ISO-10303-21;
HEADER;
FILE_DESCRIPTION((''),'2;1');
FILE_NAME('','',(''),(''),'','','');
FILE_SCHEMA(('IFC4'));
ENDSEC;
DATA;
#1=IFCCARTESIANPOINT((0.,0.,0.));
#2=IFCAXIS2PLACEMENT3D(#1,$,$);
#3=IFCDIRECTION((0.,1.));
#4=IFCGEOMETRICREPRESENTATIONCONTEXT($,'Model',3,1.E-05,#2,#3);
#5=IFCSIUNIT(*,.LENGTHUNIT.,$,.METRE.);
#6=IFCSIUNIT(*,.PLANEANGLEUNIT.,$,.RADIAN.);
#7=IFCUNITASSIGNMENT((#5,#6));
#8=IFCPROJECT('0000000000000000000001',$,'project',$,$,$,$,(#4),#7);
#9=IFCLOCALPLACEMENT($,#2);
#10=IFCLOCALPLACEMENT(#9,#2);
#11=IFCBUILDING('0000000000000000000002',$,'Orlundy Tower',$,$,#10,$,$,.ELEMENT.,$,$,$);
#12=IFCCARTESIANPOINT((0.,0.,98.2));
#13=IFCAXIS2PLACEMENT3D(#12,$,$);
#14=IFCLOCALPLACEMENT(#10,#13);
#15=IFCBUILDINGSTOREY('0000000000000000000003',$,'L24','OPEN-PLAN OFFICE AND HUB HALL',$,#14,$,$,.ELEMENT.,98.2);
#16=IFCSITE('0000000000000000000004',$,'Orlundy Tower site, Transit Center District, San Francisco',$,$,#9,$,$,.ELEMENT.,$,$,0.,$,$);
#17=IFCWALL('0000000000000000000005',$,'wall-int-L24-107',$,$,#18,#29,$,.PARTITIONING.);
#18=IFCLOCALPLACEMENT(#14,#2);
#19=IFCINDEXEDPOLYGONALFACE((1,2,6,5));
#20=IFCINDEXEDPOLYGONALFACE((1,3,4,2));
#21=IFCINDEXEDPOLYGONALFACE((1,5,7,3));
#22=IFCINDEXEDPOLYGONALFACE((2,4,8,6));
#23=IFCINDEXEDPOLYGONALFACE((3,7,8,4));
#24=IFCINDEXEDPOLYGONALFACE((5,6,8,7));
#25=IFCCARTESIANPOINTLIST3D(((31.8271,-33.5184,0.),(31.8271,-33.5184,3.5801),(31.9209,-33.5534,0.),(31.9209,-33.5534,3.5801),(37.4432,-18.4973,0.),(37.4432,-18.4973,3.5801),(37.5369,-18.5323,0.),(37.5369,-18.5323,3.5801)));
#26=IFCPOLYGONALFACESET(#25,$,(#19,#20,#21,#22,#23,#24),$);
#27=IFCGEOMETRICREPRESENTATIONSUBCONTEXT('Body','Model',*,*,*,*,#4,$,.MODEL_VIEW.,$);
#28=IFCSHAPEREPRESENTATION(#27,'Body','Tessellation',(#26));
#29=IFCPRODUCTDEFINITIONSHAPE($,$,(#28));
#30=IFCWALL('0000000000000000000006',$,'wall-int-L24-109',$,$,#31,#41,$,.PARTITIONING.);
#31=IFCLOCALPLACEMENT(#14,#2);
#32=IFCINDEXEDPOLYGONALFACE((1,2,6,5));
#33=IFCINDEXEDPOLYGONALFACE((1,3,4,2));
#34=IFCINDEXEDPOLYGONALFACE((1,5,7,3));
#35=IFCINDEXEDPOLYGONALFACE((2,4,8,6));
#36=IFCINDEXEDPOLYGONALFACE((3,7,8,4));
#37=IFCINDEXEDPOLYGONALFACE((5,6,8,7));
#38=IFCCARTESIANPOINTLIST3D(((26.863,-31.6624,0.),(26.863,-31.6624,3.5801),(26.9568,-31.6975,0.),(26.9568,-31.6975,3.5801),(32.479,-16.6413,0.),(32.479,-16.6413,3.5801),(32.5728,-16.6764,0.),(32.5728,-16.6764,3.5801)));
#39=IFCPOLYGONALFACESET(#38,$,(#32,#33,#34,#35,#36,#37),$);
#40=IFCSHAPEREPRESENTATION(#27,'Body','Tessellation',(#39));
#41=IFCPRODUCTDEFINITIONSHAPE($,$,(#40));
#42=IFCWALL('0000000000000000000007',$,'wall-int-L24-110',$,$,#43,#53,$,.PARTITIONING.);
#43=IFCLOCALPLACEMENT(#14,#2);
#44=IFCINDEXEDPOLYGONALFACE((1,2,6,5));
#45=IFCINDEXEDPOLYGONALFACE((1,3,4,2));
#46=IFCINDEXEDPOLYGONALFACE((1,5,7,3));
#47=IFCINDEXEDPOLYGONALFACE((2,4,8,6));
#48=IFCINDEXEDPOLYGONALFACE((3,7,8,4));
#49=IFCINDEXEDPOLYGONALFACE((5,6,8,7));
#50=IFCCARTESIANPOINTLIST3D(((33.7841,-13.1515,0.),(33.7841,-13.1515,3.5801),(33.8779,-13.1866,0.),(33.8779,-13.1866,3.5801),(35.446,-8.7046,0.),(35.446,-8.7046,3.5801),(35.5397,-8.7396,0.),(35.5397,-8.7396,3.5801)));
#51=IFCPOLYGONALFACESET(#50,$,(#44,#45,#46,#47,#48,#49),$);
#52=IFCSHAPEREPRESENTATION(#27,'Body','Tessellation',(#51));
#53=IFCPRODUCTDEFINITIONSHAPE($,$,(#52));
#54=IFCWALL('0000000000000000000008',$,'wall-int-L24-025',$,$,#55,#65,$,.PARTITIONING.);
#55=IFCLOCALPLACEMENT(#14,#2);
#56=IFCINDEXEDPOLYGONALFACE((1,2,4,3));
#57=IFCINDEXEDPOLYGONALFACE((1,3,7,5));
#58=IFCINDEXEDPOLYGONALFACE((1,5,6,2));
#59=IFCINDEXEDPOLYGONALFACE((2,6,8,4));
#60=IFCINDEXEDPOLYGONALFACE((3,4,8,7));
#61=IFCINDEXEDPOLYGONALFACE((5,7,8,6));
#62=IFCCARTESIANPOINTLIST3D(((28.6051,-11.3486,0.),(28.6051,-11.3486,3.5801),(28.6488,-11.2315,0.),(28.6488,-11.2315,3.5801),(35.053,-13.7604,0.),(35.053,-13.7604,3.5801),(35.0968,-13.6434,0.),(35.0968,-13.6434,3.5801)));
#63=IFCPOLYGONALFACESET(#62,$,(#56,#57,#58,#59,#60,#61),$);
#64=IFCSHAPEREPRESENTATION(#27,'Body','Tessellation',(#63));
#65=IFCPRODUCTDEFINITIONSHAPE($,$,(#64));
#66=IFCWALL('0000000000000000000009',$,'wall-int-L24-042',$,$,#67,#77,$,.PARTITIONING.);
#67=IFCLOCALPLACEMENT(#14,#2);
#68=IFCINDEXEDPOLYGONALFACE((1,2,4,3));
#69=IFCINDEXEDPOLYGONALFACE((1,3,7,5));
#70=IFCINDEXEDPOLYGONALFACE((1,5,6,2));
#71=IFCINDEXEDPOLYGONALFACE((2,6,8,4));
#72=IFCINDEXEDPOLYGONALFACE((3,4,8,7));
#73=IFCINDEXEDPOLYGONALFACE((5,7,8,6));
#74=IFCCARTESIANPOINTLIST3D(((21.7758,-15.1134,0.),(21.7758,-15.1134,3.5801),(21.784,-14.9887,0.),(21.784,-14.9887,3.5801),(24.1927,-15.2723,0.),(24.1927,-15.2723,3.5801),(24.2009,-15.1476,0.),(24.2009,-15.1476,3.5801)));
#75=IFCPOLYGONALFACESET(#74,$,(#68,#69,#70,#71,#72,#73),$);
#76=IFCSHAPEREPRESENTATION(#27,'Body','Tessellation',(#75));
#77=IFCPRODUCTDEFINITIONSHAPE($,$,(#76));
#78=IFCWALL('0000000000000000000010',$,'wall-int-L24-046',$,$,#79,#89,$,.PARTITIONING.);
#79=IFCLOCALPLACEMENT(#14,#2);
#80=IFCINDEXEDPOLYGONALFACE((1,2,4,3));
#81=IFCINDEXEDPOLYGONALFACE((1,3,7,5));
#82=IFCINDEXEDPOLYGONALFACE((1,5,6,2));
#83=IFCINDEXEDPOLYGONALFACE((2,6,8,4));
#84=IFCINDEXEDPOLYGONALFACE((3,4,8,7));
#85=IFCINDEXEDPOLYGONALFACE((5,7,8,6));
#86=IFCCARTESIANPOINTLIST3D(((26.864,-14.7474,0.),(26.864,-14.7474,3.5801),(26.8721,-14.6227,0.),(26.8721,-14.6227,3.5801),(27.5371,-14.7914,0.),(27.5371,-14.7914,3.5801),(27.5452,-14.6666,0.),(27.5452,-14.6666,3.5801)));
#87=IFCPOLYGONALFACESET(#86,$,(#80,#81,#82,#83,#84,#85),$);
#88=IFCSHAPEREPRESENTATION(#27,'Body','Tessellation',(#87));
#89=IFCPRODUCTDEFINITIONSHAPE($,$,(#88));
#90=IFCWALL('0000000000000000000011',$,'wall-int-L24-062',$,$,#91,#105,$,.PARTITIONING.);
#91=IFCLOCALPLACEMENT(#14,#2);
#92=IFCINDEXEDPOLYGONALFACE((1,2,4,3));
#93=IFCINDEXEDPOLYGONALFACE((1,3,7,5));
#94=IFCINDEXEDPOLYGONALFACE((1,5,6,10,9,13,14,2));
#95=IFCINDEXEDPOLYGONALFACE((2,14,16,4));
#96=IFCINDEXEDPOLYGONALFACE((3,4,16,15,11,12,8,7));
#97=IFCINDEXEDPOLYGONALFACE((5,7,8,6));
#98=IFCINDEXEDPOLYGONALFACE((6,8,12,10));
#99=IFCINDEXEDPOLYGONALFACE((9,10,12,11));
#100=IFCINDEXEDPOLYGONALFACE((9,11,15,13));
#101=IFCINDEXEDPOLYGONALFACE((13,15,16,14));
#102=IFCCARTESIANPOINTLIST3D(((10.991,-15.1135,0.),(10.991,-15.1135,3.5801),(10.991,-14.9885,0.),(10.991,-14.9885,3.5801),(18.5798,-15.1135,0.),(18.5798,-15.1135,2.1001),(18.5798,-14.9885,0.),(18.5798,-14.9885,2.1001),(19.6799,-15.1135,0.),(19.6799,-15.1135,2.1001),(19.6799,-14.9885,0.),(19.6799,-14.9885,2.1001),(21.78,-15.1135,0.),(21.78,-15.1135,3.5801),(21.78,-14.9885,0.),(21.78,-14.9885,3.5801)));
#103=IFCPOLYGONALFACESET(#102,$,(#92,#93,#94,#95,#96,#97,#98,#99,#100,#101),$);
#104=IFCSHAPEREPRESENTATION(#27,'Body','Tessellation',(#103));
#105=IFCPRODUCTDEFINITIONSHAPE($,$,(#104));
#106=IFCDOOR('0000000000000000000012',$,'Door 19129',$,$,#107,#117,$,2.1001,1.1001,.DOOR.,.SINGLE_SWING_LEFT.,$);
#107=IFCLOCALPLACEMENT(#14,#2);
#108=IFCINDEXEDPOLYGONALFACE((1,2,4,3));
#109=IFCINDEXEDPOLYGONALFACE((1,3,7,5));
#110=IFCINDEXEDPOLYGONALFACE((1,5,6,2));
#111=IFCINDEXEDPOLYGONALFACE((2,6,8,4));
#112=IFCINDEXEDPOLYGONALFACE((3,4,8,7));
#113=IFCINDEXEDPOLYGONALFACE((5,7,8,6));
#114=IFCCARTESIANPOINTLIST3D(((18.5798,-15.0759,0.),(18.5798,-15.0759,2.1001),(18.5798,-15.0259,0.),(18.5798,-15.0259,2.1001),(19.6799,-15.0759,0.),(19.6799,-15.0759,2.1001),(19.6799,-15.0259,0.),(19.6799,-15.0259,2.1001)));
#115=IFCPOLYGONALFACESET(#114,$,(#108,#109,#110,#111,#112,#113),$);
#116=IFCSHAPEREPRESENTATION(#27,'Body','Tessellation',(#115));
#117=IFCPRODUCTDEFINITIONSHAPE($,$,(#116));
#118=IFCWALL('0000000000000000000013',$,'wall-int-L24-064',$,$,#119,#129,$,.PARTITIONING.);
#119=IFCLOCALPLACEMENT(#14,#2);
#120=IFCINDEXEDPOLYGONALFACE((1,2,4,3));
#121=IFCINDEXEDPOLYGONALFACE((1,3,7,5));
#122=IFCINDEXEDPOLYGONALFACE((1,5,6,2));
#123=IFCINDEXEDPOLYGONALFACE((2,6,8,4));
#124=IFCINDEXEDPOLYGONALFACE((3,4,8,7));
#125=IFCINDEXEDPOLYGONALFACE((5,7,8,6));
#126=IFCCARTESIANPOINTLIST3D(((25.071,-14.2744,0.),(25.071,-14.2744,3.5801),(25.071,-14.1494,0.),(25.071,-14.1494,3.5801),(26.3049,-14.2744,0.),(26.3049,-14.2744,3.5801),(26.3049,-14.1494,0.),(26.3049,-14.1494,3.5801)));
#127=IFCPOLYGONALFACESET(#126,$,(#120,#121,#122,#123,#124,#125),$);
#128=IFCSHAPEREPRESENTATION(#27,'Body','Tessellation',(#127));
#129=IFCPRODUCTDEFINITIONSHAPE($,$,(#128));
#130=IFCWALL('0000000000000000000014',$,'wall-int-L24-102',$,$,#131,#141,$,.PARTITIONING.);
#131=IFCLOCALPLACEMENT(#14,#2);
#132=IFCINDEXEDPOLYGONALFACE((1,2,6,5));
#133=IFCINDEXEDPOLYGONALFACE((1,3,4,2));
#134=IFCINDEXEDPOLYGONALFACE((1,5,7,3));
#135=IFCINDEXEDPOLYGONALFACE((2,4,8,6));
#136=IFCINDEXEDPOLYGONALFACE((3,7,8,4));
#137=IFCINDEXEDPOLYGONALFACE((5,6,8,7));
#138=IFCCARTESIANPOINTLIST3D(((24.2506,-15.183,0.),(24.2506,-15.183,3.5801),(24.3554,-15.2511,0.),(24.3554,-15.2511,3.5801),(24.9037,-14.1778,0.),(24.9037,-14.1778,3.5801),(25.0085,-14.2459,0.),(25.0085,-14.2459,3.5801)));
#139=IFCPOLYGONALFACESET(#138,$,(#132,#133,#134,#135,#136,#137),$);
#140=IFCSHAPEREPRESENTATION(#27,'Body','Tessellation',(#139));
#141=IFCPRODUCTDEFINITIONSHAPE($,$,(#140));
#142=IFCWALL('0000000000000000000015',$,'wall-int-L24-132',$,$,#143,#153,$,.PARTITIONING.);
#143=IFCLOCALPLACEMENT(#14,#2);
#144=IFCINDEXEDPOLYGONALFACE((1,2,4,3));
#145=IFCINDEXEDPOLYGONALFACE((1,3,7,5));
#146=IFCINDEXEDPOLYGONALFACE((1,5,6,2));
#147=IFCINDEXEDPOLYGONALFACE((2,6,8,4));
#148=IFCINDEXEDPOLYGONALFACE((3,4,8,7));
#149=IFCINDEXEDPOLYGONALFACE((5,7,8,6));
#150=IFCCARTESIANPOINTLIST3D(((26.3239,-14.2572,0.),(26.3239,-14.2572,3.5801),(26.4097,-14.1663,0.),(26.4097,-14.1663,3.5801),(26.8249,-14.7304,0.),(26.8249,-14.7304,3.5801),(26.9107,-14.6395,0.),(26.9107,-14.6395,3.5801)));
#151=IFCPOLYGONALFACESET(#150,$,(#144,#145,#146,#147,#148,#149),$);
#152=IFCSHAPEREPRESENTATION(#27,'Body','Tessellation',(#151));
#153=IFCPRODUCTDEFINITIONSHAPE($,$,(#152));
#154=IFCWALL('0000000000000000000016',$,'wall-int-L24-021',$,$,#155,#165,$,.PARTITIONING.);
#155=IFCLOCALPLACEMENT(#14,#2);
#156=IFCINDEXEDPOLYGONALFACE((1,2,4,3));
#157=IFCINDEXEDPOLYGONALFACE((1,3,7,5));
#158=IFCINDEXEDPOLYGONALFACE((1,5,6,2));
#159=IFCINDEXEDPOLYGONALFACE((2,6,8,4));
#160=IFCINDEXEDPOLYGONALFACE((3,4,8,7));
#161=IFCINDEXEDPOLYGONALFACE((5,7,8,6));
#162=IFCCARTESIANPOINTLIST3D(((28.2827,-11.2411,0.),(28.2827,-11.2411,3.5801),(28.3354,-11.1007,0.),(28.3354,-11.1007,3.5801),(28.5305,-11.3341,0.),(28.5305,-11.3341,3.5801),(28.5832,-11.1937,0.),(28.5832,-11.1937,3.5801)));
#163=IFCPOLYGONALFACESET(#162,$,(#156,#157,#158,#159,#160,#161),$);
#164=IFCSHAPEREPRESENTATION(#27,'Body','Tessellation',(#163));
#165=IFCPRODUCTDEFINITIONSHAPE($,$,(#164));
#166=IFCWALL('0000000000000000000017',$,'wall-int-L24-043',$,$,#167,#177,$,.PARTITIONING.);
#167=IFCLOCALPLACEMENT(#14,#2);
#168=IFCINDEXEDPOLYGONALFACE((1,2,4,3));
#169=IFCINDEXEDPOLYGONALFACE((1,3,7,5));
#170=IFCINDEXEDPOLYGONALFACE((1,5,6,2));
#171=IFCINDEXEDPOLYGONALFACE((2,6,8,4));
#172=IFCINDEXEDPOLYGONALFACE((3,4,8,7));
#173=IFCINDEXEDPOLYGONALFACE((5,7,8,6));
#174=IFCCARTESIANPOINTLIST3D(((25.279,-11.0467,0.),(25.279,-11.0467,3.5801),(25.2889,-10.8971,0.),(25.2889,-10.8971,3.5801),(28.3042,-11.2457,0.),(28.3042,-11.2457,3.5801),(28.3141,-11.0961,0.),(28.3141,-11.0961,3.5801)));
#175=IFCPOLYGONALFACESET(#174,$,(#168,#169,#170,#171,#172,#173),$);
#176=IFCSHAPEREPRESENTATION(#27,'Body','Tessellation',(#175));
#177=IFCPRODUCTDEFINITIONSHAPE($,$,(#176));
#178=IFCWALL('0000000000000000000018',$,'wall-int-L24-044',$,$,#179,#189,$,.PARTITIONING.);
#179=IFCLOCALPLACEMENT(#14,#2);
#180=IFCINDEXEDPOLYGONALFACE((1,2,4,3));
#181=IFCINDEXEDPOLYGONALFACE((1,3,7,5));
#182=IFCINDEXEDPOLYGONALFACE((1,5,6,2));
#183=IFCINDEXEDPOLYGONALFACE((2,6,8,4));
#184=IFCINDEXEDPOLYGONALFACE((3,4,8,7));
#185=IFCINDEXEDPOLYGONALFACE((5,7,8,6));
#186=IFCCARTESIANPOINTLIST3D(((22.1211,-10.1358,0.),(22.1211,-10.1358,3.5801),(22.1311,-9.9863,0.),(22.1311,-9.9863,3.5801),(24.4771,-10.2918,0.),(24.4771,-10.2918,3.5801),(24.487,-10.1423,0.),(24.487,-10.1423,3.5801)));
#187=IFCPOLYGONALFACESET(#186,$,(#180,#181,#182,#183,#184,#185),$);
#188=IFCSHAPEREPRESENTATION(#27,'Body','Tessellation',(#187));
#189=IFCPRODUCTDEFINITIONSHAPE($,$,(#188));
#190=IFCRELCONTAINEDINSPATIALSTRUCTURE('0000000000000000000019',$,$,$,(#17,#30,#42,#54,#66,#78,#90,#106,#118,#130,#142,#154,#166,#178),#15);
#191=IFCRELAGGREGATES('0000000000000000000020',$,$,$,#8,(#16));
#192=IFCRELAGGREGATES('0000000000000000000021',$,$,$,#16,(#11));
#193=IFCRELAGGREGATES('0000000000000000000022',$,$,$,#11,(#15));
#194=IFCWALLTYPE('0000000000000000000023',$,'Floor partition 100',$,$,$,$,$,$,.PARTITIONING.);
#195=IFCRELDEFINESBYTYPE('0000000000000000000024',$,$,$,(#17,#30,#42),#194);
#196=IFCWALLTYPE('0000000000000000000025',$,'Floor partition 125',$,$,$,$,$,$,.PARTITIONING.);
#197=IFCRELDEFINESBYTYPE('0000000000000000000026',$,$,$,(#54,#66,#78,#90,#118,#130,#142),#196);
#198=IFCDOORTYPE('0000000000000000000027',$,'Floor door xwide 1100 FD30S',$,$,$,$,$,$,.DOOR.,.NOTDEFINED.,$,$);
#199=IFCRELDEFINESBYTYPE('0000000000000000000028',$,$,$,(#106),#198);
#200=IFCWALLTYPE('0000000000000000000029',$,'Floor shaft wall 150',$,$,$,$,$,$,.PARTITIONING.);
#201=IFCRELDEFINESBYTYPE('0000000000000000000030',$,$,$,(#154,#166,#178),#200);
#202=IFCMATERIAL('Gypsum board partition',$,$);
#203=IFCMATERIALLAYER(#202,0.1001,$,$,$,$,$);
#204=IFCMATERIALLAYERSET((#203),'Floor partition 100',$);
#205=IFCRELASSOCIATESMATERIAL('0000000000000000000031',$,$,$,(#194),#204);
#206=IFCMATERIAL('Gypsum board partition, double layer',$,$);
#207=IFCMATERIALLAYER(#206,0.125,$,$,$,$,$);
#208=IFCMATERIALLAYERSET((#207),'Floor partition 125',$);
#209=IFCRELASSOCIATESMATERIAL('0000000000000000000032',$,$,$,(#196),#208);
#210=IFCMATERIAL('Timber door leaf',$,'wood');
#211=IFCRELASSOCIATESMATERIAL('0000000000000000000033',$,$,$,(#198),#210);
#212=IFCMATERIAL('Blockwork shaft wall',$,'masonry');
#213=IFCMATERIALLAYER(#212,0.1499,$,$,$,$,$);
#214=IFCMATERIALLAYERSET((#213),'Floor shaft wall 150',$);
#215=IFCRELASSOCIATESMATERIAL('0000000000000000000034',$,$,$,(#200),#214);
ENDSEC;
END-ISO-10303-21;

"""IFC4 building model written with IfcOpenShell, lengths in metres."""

from ifc_helpers import new_model, si_unit, direction, frame, frame_2d, origin, place, context, subcontext, project, spatial, rectangle, extrude, material, layer, layer_set, type_object, element, fill, save


model = new_model("IFC4")

# Units and contexts
model_context = context("Model", 3, precision=1e-05, world=origin(), true_north=direction((0.0, 1.0)))
body_context = subcontext(model_context, "Body", "Model", "MODEL_VIEW")
ifc_project = project(units=[si_unit("LENGTHUNIT", "METRE"), si_unit("PLANEANGLEUNIT", "RADIAN")], contexts=[model_context])

# Site, building, storey
site_placement = place(None, origin())
site = spatial("IfcSite", under=ifc_project, at=site_placement, Name="Orlundy Tower site, Transit Center District, San Francisco", CompositionType="ELEMENT", RefElevation=0.0)
building_placement = place(site_placement, origin())
building = spatial("IfcBuilding", under=site, at=building_placement, Name="Orlundy Tower", CompositionType="ELEMENT")
storey_placement = place(building_placement, frame((0.0, 0.0, 98.2)))
storey = spatial("IfcBuildingStorey", under=building, at=storey_placement, Name="L24", Description="OPEN-PLAN OFFICE AND HUB HALL", CompositionType="ELEMENT", Elevation=98.2)

# Walls
ifc_material_1 = material(Name="Gypsum board partition")
ifc_layer_1 = layer(ifc_material_1, 0.1001)
ifc_layer_set_1 = layer_set([ifc_layer_1], Name="Floor partition 100")
wall_type_1 = type_object("IfcWallType", Name="Floor partition 100", PredefinedType="PARTITIONING", material=ifc_layer_set_1)
for number, where, z_axis, x_axis, name in (
    (1, (31.874, -33.5359, 0.0), (0.0, 0.0, 1.0), (0.350199, 0.936675, 0.0), "wall-int-L24-107"),
    (2, (26.9099, -31.6799, 0.0), (0.0, 0.0, 1.0), (0.350199, 0.936675, 0.0), "wall-int-L24-109"),
):
    element("IfcWall", number, at=place(storey_placement, frame(where, z_axis=z_axis, x_axis=x_axis)), inside=storey, type_object=wall_type_1, Name=name, PredefinedType="PARTITIONING", context=body_context, shape_type="SweptSolid", body=[
        extrude(rectangle(XDim=16.0366, YDim=0.1001, at=frame_2d((8.0183, 0.0))), origin(), (0.0, 0.0, 1.0), 3.5801),
    ])
wall_1_placement = place(storey_placement, frame((33.8311, -13.1689, 0.0), z_axis=(0.0, 0.0, 1.0), x_axis=(0.350058, 0.936728, 0.0)))
element("IfcWall", 3, at=wall_1_placement, inside=storey, type_object=wall_type_1, Name="wall-int-L24-110", PredefinedType="PARTITIONING", context=body_context, shape_type="SweptSolid", body=[
    extrude(rectangle(XDim=4.7473, YDim=0.1001, at=frame_2d((2.3735, 0.0))), origin(), (0.0, 0.0, 1.0), 3.5801),
])
ifc_material_2 = material(Name="Gypsum board partition, double layer")
ifc_layer_2 = layer(ifc_material_2, 0.125)
ifc_layer_set_2 = layer_set([ifc_layer_2], Name="Floor partition 125")
wall_type_2 = type_object("IfcWallType", Name="Floor partition 125", PredefinedType="PARTITIONING", material=ifc_layer_set_2)
wall_2_placement = place(storey_placement, frame((28.627, -11.29, 0.0), z_axis=(0.0, 0.0, 1.0), x_axis=(0.936622, -0.350342, 0.0)))
element("IfcWall", 4, at=wall_2_placement, inside=storey, type_object=wall_type_2, Name="wall-int-L24-025", PredefinedType="PARTITIONING", context=body_context, shape_type="SweptSolid", body=[
    extrude(rectangle(XDim=6.8843, YDim=0.125, at=frame_2d((3.4421, 0.0))), origin(), (0.0, 0.0, 1.0), 3.5801),
])
wall_3_placement = place(storey_placement, frame((21.78, -15.051, 0.0), z_axis=(0.0, 0.0, 1.0), x_axis=(0.997845, -0.065616, 0.0)))
element("IfcWall", 5, at=wall_3_placement, inside=storey, type_object=wall_type_2, Name="wall-int-L24-042", PredefinedType="PARTITIONING", context=body_context, shape_type="SweptSolid", body=[
    extrude(rectangle(XDim=2.4221, YDim=0.125, at=frame_2d((1.2109, 0.0))), origin(), (0.0, 0.0, 1.0), 3.5801),
])
wall_4_placement = place(storey_placement, frame((26.8679, -14.6851, 0.0), z_axis=(0.0, 0.0, 1.0), x_axis=(0.997876, -0.06515, 0.0)))
element("IfcWall", 6, at=wall_4_placement, inside=storey, type_object=wall_type_2, Name="wall-int-L24-046", PredefinedType="PARTITIONING", context=body_context, shape_type="SweptSolid", body=[
    extrude(rectangle(XDim=0.6746, YDim=0.125, at=frame_2d((0.3374, 0.0))), origin(), (0.0, 0.0, 1.0), 3.5801),
])

# Wall, opening, door
wall_5_placement = place(storey_placement, frame((21.78, -15.051, 0.0), z_axis=(0.0, 0.0, 1.0), x_axis=(-1.0, 0.0, 0.0)))
wall_5 = element("IfcWall", 7, at=wall_5_placement, inside=storey, type_object=wall_type_2, Name="wall-int-L24-062", PredefinedType="PARTITIONING", context=body_context, shape_type="SweptSolid", body=[
    extrude(rectangle(XDim=10.7891, YDim=0.125, at=frame_2d((5.3945, 0.0))), origin(), (0.0, 0.0, 1.0), 3.5801),
])
opening_placement = place(wall_5_placement, frame((2.1001, 0.0, 0.0)))
opening = element("IfcOpeningElement", 8, at=opening_placement, cuts=wall_5, PredefinedType="OPENING", context=body_context, shape_type="SweptSolid", body=[
    extrude(rectangle(XDim=1.1001, YDim=2.1001, at=frame_2d((0.55, 1.05))), frame((0.0, 0.0725, 0.0), z_axis=(0.0, -1.0, 0.0), x_axis=(1.0, 0.0, 0.0)), (0.0, 0.0, 1.0), 0.145),
])
ifc_material_3 = material(Name="Timber door leaf", Category="wood")
door_type = type_object("IfcDoorType", Name="Floor door xwide 1100 FD30S", OperationType="NOTDEFINED", PredefinedType="DOOR", material=ifc_material_3)
door_placement = place(opening_placement, origin())
door = element("IfcDoor", 9, at=door_placement, inside=storey, type_object=door_type, Name="Door 19129", OperationType="SINGLE_SWING_LEFT", OverallHeight=2.1001, OverallWidth=1.1001, PredefinedType="DOOR", context=body_context, shape_type="SweptSolid", body=[
    extrude(rectangle(XDim=1.1001, YDim=2.1001, at=frame_2d((0.55, 1.05))), frame((0.0, 0.0249, 0.0), z_axis=(0.0, -1.0, 0.0), x_axis=(1.0, 0.0, 0.0)), (0.0, 0.0, 1.0), 0.05),
])
fill(opening, door)

# Walls
wall_6_placement = place(storey_placement, frame((25.071, -14.2119, 0.0), z_axis=(0.0, 0.0, 1.0), x_axis=(1.0, 0.0, 0.0)))
element("IfcWall", 10, at=wall_6_placement, inside=storey, type_object=wall_type_2, Name="wall-int-L24-064", PredefinedType="PARTITIONING", context=body_context, shape_type="SweptSolid", body=[
    extrude(rectangle(XDim=1.2339, YDim=0.125, at=frame_2d((0.6169, 0.0))), origin(), (0.0, 0.0, 1.0), 3.5801),
])
wall_7_placement = place(storey_placement, frame((24.303, -15.217, 0.0), z_axis=(0.0, 0.0, 1.0), x_axis=(0.544838, 0.838541, 0.0)))
element("IfcWall", 11, at=wall_7_placement, inside=storey, type_object=wall_type_2, Name="wall-int-L24-102", PredefinedType="PARTITIONING", context=body_context, shape_type="SweptSolid", body=[
    extrude(rectangle(XDim=1.1987, YDim=0.125, at=frame_2d((0.5994, 0.0))), origin(), (0.0, 0.0, 1.0), 3.5801),
])
wall_8_placement = place(storey_placement, frame((26.8679, -14.6851, 0.0), z_axis=(0.0, 0.0, 1.0), x_axis=(-0.727013, 0.686624, 0.0)))
element("IfcWall", 12, at=wall_8_placement, inside=storey, type_object=wall_type_2, Name="wall-int-L24-132", PredefinedType="PARTITIONING", context=body_context, shape_type="SweptSolid", body=[
    extrude(rectangle(XDim=0.6892, YDim=0.125, at=frame_2d((0.3447, 0.0))), origin(), (0.0, 0.0, 1.0), 3.5801),
])
ifc_material_4 = material(Name="Blockwork shaft wall", Category="masonry")
ifc_layer_3 = layer(ifc_material_4, 0.1499)
ifc_layer_set_3 = layer_set([ifc_layer_3], Name="Floor shaft wall 150")
wall_type_3 = type_object("IfcWallType", Name="Floor shaft wall 150", PredefinedType="PARTITIONING", material=ifc_layer_set_3)
wall_9_placement = place(storey_placement, frame((28.3091, -11.1709, 0.0), z_axis=(0.0, 0.0, 1.0), x_axis=(0.936215, -0.351427, 0.0)))
element("IfcWall", 13, at=wall_9_placement, inside=storey, type_object=wall_type_3, Name="wall-int-L24-021", PredefinedType="PARTITIONING", context=body_context, shape_type="SweptSolid", body=[
    extrude(rectangle(XDim=0.2646, YDim=0.1499, at=frame_2d((0.1323, 0.0))), origin(), (0.0, 0.0, 1.0), 3.5801),
])
wall_10_placement = place(storey_placement, frame((25.2839, -10.9719, 0.0), z_axis=(0.0, 0.0, 1.0), x_axis=(0.997844, -0.065632, 0.0)))
element("IfcWall", 14, at=wall_10_placement, inside=storey, type_object=wall_type_3, Name="wall-int-L24-043", PredefinedType="PARTITIONING", context=body_context, shape_type="SweptSolid", body=[
    extrude(rectangle(XDim=3.0317, YDim=0.1499, at=frame_2d((1.5159, 0.0))), origin(), (0.0, 0.0, 1.0), 3.5801),
])
wall_11_placement = place(storey_placement, frame((22.126, -10.061, 0.0), z_axis=(0.0, 0.0, 1.0), x_axis=(0.997815, -0.066073, 0.0)))
element("IfcWall", 15, at=wall_11_placement, inside=storey, type_object=wall_type_3, Name="wall-int-L24-044", PredefinedType="PARTITIONING", context=body_context, shape_type="SweptSolid", body=[
    extrude(rectangle(XDim=2.3611, YDim=0.1499, at=frame_2d((1.1807, 0.0))), origin(), (0.0, 0.0, 1.0), 3.5801),
])

save(model, "model.ifc")
